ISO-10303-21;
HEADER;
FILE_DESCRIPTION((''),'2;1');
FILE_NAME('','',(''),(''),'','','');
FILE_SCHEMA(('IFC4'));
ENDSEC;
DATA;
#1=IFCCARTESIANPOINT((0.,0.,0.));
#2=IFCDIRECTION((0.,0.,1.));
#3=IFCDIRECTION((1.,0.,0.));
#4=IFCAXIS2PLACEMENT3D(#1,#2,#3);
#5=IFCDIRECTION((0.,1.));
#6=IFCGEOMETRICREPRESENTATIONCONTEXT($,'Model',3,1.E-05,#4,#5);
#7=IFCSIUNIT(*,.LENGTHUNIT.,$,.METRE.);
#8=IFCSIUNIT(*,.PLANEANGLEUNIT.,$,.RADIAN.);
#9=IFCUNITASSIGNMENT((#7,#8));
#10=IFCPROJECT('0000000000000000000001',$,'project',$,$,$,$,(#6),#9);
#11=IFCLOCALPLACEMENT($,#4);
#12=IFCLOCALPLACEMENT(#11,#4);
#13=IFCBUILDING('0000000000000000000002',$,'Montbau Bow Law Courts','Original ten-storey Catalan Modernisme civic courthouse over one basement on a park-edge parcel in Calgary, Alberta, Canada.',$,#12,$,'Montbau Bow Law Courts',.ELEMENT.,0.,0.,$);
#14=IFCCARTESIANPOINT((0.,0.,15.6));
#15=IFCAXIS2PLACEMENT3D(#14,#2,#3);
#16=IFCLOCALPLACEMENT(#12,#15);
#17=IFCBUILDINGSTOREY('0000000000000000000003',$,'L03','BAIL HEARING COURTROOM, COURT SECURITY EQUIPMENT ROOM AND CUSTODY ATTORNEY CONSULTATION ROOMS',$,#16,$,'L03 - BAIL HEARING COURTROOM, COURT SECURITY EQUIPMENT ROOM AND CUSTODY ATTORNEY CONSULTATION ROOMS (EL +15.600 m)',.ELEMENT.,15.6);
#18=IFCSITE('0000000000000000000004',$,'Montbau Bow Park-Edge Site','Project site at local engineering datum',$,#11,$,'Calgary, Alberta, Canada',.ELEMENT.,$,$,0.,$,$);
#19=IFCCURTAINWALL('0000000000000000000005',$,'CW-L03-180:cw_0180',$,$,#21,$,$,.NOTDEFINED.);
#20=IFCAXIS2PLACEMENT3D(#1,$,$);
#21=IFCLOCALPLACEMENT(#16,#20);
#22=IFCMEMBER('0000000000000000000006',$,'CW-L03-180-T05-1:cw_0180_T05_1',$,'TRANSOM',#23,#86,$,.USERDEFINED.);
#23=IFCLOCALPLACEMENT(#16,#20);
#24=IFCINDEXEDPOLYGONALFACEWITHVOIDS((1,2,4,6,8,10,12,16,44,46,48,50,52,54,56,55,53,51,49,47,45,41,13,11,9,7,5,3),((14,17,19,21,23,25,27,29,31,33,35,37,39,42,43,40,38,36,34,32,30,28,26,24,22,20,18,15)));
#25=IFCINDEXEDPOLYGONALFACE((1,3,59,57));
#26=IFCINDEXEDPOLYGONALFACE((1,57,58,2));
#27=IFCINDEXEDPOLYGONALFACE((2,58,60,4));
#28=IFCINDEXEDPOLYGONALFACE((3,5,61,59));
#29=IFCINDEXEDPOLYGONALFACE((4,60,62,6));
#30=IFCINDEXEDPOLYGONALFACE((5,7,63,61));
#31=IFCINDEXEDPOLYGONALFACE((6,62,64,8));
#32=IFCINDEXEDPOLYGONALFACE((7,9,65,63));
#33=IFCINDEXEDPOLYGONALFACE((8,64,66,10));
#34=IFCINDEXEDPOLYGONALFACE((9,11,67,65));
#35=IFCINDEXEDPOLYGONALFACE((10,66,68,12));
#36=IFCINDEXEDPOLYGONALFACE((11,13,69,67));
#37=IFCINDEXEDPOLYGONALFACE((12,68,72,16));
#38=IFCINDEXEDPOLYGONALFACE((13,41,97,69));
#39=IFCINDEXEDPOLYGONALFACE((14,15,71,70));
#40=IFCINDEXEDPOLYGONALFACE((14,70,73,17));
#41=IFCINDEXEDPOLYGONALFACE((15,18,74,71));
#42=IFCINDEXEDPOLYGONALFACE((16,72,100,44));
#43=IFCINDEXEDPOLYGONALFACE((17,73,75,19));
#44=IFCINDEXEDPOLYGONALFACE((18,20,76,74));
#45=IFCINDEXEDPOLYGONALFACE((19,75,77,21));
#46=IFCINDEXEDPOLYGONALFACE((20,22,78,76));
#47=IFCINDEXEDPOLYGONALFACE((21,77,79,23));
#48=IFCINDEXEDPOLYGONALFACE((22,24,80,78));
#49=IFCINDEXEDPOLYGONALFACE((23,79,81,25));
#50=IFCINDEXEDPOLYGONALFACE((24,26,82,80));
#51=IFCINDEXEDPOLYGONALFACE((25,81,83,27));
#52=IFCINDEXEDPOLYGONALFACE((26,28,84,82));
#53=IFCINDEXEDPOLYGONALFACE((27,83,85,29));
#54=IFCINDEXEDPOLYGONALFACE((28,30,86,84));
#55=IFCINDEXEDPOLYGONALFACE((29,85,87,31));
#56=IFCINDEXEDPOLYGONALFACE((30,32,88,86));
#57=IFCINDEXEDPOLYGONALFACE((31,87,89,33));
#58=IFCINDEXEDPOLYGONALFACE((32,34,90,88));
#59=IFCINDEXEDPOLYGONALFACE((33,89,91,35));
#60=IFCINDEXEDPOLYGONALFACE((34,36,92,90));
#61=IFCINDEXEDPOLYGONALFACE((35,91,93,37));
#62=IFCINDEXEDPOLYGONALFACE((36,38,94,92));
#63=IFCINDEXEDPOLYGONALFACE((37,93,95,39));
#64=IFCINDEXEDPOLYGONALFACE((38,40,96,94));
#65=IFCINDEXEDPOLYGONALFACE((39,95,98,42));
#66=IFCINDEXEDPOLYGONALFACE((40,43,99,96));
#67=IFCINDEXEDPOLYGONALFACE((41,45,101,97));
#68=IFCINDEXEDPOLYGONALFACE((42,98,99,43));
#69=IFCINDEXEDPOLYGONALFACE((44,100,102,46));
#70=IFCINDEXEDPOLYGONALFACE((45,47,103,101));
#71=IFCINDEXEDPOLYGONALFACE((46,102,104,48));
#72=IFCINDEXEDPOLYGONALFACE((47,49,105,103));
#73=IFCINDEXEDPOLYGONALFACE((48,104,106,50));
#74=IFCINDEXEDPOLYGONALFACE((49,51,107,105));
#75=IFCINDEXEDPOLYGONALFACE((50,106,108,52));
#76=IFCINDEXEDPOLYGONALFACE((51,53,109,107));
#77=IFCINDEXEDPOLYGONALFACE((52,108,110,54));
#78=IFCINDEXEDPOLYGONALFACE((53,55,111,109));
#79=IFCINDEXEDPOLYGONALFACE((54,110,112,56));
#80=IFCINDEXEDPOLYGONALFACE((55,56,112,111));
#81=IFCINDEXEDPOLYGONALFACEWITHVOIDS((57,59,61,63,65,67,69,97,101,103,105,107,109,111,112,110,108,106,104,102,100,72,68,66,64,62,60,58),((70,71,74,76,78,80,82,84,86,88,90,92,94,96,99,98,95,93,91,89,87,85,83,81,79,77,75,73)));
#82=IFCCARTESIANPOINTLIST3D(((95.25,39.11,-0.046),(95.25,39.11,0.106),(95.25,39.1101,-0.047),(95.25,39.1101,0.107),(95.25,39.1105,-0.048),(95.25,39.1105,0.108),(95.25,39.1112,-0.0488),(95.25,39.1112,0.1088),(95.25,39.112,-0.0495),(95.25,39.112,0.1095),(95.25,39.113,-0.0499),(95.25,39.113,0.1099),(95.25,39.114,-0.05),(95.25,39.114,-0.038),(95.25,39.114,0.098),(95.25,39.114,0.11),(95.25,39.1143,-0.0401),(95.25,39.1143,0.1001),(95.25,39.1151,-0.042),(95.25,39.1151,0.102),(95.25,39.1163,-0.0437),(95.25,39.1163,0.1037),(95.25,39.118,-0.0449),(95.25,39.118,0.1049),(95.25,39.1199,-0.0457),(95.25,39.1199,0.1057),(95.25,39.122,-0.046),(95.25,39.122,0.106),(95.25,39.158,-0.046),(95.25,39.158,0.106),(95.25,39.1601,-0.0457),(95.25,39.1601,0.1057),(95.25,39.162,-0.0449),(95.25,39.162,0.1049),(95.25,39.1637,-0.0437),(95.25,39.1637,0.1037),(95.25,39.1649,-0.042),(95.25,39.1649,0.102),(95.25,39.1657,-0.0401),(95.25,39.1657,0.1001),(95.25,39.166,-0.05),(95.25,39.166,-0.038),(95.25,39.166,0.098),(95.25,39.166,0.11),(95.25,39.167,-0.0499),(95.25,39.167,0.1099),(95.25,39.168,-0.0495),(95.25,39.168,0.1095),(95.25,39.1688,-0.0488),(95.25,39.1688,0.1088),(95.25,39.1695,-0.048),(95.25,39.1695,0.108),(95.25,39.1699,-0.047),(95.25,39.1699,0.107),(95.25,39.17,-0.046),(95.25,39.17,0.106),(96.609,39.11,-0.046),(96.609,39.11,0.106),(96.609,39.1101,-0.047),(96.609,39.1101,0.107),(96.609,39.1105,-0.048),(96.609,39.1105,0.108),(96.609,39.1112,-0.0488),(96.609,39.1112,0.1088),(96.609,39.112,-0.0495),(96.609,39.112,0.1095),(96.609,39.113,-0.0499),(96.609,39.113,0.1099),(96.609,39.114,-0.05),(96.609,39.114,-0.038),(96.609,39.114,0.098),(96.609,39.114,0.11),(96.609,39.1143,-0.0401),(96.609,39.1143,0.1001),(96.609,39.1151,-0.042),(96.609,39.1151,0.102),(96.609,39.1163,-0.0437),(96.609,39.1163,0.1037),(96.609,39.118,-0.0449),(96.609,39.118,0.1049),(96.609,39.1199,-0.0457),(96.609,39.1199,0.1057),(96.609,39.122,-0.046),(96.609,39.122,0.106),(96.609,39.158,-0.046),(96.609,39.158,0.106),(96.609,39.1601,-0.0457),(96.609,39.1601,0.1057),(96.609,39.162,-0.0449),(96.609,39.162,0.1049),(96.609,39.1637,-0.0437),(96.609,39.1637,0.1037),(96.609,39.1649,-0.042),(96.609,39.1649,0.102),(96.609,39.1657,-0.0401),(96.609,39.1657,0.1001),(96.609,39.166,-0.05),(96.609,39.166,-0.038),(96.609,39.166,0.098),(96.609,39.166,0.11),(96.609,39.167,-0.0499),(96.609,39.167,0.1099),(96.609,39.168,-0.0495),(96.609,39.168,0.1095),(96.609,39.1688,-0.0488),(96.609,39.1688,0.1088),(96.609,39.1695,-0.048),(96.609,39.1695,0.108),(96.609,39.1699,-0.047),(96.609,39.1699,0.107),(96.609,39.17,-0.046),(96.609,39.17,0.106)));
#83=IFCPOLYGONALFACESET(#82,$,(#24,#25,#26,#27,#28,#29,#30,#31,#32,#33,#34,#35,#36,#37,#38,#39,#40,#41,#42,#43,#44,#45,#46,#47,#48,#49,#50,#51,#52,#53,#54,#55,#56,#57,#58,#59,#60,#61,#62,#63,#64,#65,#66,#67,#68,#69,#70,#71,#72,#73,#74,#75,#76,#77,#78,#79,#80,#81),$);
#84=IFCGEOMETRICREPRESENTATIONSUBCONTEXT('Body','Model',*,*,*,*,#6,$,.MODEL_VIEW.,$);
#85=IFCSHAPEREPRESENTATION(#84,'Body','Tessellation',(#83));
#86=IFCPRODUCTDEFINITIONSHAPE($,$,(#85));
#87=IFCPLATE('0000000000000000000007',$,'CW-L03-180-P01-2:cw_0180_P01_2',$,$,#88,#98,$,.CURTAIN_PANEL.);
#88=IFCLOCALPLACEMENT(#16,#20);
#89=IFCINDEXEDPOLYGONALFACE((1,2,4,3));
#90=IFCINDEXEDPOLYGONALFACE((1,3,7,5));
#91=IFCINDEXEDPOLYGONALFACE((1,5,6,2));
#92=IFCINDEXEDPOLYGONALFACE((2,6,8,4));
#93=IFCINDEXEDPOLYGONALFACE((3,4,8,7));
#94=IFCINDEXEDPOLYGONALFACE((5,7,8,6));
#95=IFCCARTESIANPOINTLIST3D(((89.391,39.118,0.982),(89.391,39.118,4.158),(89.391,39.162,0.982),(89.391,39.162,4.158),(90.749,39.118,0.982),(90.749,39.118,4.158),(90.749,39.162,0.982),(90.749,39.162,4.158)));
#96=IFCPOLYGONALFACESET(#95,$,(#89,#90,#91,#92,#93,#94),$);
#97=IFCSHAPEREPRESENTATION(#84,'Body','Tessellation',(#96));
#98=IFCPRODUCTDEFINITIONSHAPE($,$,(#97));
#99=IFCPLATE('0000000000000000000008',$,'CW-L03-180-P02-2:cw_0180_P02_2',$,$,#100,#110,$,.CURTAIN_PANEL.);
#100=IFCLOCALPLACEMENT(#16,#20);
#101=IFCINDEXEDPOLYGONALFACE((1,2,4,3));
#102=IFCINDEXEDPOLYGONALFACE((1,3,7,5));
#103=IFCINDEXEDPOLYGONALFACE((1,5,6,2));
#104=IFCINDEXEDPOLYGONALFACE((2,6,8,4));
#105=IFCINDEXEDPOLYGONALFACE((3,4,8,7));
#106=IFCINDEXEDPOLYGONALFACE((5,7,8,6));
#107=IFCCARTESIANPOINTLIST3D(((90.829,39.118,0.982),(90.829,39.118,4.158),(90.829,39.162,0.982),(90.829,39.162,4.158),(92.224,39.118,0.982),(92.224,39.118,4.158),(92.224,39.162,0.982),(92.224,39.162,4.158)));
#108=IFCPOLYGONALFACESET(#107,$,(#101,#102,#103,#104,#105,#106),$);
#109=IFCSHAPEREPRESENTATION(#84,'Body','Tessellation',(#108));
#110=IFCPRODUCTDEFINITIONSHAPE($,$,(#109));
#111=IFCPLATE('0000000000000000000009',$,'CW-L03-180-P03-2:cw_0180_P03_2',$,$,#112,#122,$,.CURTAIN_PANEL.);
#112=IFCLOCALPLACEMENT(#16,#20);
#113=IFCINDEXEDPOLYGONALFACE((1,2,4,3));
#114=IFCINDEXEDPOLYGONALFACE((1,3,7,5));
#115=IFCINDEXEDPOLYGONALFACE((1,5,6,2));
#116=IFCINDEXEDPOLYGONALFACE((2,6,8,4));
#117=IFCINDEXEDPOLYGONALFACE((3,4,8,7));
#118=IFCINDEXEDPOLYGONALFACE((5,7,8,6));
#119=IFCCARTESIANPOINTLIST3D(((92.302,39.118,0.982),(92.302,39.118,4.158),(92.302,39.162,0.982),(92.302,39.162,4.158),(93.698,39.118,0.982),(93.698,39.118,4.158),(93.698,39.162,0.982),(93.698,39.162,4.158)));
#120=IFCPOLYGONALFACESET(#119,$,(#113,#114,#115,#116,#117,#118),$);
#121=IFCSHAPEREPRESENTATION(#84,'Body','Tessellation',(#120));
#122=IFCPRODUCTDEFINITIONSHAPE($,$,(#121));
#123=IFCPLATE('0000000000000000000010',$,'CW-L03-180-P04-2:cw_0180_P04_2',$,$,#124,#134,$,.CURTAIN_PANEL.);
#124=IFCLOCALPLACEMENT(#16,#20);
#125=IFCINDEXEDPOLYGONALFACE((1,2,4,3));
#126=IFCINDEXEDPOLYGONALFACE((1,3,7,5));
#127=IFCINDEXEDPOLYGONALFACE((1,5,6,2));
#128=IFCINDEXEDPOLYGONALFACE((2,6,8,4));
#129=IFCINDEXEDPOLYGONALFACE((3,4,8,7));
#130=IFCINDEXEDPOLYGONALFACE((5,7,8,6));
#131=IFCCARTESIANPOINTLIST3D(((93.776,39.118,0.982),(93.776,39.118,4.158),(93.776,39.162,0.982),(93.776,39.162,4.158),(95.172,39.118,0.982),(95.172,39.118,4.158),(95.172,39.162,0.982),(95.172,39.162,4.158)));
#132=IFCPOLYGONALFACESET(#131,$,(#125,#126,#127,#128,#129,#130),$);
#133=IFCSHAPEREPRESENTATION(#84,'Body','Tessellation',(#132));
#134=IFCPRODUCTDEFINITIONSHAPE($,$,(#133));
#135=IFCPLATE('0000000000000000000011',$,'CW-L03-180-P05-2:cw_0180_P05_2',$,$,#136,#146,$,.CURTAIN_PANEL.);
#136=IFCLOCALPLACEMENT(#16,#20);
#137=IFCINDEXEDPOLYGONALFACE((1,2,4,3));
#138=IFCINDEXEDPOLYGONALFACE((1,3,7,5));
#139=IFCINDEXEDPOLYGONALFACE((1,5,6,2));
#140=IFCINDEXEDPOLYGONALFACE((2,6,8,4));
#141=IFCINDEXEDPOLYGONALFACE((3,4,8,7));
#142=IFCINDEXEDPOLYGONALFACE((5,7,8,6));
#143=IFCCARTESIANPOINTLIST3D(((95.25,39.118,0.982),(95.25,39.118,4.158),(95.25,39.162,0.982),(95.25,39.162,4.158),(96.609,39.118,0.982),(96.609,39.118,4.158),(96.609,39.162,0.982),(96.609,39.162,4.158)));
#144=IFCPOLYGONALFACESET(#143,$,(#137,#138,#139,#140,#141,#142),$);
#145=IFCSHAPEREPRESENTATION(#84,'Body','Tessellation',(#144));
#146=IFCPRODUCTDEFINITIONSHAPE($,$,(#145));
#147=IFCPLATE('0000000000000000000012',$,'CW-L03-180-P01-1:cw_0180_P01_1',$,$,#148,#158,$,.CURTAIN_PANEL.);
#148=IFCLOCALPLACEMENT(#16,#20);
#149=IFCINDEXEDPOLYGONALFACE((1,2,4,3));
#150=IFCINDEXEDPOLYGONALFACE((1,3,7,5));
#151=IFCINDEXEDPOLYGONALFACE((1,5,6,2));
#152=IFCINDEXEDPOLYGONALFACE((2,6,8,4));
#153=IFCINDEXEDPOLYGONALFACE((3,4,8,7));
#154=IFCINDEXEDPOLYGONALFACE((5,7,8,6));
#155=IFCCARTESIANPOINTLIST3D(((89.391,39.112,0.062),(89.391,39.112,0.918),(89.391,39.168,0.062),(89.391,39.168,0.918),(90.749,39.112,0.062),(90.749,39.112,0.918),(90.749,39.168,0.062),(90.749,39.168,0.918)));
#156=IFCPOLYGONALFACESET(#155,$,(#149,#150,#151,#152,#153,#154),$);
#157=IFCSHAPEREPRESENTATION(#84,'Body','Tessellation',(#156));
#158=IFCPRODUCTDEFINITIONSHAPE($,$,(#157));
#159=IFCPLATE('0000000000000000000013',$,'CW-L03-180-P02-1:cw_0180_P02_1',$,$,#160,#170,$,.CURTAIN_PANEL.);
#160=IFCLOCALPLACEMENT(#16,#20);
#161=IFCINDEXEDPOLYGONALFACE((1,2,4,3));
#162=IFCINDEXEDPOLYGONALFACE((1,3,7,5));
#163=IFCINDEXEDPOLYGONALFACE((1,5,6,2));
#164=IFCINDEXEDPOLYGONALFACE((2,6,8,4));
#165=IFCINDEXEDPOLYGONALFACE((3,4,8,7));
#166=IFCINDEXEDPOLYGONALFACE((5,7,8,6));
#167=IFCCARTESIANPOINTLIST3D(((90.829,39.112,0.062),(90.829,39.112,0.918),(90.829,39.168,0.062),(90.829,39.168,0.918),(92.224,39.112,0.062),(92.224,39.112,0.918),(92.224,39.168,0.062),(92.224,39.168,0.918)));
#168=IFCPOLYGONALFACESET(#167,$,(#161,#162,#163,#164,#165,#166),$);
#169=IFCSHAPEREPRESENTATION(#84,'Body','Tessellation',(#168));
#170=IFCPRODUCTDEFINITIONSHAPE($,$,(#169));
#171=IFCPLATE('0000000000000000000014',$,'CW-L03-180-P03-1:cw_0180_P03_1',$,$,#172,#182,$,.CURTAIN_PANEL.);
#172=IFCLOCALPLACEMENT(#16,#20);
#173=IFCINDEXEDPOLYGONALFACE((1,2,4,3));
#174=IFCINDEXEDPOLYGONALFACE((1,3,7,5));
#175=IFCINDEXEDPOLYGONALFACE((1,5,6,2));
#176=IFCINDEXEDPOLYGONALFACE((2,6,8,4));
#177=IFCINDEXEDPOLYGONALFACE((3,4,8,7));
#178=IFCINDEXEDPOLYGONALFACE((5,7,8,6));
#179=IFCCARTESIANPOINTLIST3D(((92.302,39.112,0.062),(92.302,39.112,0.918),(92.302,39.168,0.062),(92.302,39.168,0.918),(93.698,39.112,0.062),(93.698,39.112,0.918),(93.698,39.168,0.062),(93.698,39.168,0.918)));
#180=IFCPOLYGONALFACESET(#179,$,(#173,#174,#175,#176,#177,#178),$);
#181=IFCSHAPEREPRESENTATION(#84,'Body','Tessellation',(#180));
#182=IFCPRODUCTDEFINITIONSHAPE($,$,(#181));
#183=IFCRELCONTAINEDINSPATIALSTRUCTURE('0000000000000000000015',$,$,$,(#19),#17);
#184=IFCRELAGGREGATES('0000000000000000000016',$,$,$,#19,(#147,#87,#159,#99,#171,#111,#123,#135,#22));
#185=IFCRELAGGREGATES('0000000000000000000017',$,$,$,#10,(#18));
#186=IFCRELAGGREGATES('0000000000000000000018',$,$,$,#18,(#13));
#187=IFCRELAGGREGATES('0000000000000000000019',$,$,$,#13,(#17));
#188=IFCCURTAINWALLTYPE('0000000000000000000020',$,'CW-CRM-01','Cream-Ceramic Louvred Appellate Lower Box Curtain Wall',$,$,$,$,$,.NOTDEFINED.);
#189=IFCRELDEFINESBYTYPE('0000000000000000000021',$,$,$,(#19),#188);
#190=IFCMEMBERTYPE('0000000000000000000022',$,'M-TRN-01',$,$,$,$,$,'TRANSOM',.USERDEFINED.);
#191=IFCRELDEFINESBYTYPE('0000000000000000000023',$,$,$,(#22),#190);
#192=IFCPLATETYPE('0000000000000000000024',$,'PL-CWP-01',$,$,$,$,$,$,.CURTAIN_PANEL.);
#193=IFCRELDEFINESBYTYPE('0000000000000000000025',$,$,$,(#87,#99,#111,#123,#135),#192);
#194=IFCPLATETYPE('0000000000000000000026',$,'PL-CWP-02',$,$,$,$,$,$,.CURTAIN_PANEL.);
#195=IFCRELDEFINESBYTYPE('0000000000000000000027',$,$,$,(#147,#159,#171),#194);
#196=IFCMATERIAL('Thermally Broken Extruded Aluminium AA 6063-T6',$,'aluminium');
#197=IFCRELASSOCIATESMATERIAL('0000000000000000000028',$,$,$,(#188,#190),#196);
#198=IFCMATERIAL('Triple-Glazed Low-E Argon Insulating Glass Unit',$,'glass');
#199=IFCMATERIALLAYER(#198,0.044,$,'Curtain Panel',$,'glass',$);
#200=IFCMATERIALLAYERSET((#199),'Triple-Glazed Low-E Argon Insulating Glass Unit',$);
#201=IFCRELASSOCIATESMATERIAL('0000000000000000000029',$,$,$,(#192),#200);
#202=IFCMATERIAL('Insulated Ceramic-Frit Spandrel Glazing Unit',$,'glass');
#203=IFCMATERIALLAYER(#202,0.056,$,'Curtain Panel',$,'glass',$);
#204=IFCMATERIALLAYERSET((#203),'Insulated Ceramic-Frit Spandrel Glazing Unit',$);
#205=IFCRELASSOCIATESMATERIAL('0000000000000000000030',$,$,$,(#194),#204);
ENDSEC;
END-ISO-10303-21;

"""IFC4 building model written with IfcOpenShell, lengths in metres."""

from ifc_helpers import new_model, si_unit, direction, frame, frame_2d, origin_with_axes, origin_2d_with_axis, place, context, subcontext, project, spatial, rectangle, hollow_rectangle, extrude, material, layer, layer_set, material_profile, profile_set, type_object, element, aggregate, save


model = new_model("IFC4")

# Units and contexts
model_context = context("Model", 3, precision=1e-05, world=origin_with_axes(), true_north=direction((0.0, 1.0)))
body_context = subcontext(model_context, "Body", "Model", "MODEL_VIEW")
ifc_project = project(units=[si_unit("LENGTHUNIT", "METRE"), si_unit("PLANEANGLEUNIT", "RADIAN")], contexts=[model_context])

# Site, building, storey
site_placement = place(None, origin_with_axes())
site = spatial("IfcSite", under=ifc_project, at=site_placement, Name="Montbau Bow Park-Edge Site", Description="Project site at local engineering datum", LongName="Calgary, Alberta, Canada", CompositionType="ELEMENT", RefElevation=0.0)
building_placement = place(site_placement, origin_with_axes())
building = spatial("IfcBuilding", under=site, at=building_placement, Name="Montbau Bow Law Courts", Description="Original ten-storey Catalan Modernisme civic courthouse over one basement on a park-edge parcel in Calgary, Alberta, Canada.", LongName="Montbau Bow Law Courts", CompositionType="ELEMENT", ElevationOfRefHeight=0.0, ElevationOfTerrain=0.0)
storey_placement = place(building_placement, frame((0.0, 0.0, 15.6), z_axis=(0.0, 0.0, 1.0), x_axis=(1.0, 0.0, 0.0)))
storey = spatial("IfcBuildingStorey", under=building, at=storey_placement, Name="L03", Description="BAIL HEARING COURTROOM, COURT SECURITY EQUIPMENT ROOM AND CUSTODY ATTORNEY CONSULTATION ROOMS", LongName="L03 - BAIL HEARING COURTROOM, COURT SECURITY EQUIPMENT ROOM AND CUSTODY ATTORNEY CONSULTATION ROOMS (EL +15.600 m)", CompositionType="ELEMENT", Elevation=15.6)

# Curtain wall, member, plates
ifc_material_1 = material(Name="Thermally Broken Extruded Aluminium AA 6063-T6", Category="aluminium")
curtain_wall_type = type_object("IfcCurtainWallType", Name="CW-CRM-01", Description="Cream-Ceramic Louvred Appellate Lower Box Curtain Wall", PredefinedType="NOTDEFINED", material=ifc_material_1)
curtain_wall_placement = place(None, frame((89.315, 39.14, 15.6), z_axis=(0.0, 0.0, 1.0), x_axis=(1.0, 0.0, 0.0)))
curtain_wall = element("IfcCurtainWall", 1, at=curtain_wall_placement, inside=storey, type_object=curtain_wall_type, Name="CW-L03-180:cw_0180", PredefinedType="NOTDEFINED")
ifc_material_profile_1 = material_profile(ifc_material_1, hollow_rectangle(XDim=0.06, YDim=0.16, WallThickness=0.004, InnerFilletRadius=0.008, OuterFilletRadius=0.004, at=origin_2d_with_axis()), Name="CWT-160X60", Category="Main", Priority=0)
ifc_profile_set_1 = profile_set([ifc_material_profile_1], Name="Thermally Broken Extruded Aluminium AA 6063-T6")
member_type_1 = type_object("IfcMemberType", Name="M-TRN-01", ElementType="TRANSOM", PredefinedType="USERDEFINED", material=ifc_profile_set_1)
member_1_placement = place(None, frame((95.25, 39.14, 15.63), z_axis=(1.0, 0.0, 0.0), x_axis=(0.0, 1.0, 0.0)))
member_1 = element("IfcMember", 2, at=member_1_placement, type_object=member_type_1, Name="CW-L03-180-T05-1:cw_0180_T05_1", ObjectType="TRANSOM", PredefinedType="USERDEFINED", context=body_context, shape_type="SweptSolid", body=[
    extrude(hollow_rectangle(XDim=0.06, YDim=0.16, WallThickness=0.004, InnerFilletRadius=0.008, OuterFilletRadius=0.004, at=origin_2d_with_axis()), origin_with_axes(), (0.0, 0.0, 1.0), 1.359),
])
ifc_material_2 = material(Name="Triple-Glazed Low-E Argon Insulating Glass Unit", Category="glass")
ifc_layer_1 = layer(ifc_material_2, 0.044, Name="Curtain Panel", Category="glass")
ifc_layer_set_1 = layer_set([ifc_layer_1], Name="Triple-Glazed Low-E Argon Insulating Glass Unit")
plate_type_1 = type_object("IfcPlateType", Name="PL-CWP-01", PredefinedType="CURTAIN_PANEL", material=ifc_layer_set_1)
plate_1_placement = place(None, frame((89.391, 39.14, 16.582), z_axis=(0.0, -1.0, 0.0), x_axis=(1.0, 0.0, 0.0)))
plate_1 = element("IfcPlate", 3, at=plate_1_placement, type_object=plate_type_1, Name="CW-L03-180-P01-2:cw_0180_P01_2", PredefinedType="CURTAIN_PANEL", context=body_context, shape_type="SweptSolid", body=[
    extrude(rectangle(XDim=1.358, YDim=3.176, at=frame_2d((0.679, 1.588), x_axis=(1.0, 0.0))), frame((0.0, 0.0, -0.022), z_axis=(0.0, 0.0, 1.0), x_axis=(1.0, 0.0, 0.0)), (0.0, 0.0, 1.0), 0.044),
])
plate_2_placement = place(None, frame((90.829, 39.14, 16.582), z_axis=(0.0, -1.0, 0.0), x_axis=(1.0, 0.0, 0.0)))
plate_2 = element("IfcPlate", 4, at=plate_2_placement, type_object=plate_type_1, Name="CW-L03-180-P02-2:cw_0180_P02_2", PredefinedType="CURTAIN_PANEL", context=body_context, shape_type="SweptSolid", body=[
    extrude(rectangle(XDim=1.395, YDim=3.176, at=frame_2d((0.6975, 1.588), x_axis=(1.0, 0.0))), frame((0.0, 0.0, -0.022), z_axis=(0.0, 0.0, 1.0), x_axis=(1.0, 0.0, 0.0)), (0.0, 0.0, 1.0), 0.044),
])
plate_3_placement = place(None, frame((92.302, 39.14, 16.582), z_axis=(0.0, -1.0, 0.0), x_axis=(1.0, 0.0, 0.0)))
plate_3 = element("IfcPlate", 5, at=plate_3_placement, type_object=plate_type_1, Name="CW-L03-180-P03-2:cw_0180_P03_2", PredefinedType="CURTAIN_PANEL", context=body_context, shape_type="SweptSolid", body=[
    extrude(rectangle(XDim=1.396, YDim=3.176, at=frame_2d((0.698, 1.588), x_axis=(1.0, 0.0))), frame((0.0, 0.0, -0.022), z_axis=(0.0, 0.0, 1.0), x_axis=(1.0, 0.0, 0.0)), (0.0, 0.0, 1.0), 0.044),
])
plate_4_placement = place(None, frame((93.776, 39.14, 16.582), z_axis=(0.0, -1.0, 0.0), x_axis=(1.0, 0.0, 0.0)))
plate_4 = element("IfcPlate", 6, at=plate_4_placement, type_object=plate_type_1, Name="CW-L03-180-P04-2:cw_0180_P04_2", PredefinedType="CURTAIN_PANEL", context=body_context, shape_type="SweptSolid", body=[
    extrude(rectangle(XDim=1.396, YDim=3.176, at=frame_2d((0.698, 1.588), x_axis=(1.0, 0.0))), frame((0.0, 0.0, -0.022), z_axis=(0.0, 0.0, 1.0), x_axis=(1.0, 0.0, 0.0)), (0.0, 0.0, 1.0), 0.044),
])
plate_5_placement = place(None, frame((95.25, 39.14, 16.582), z_axis=(0.0, -1.0, 0.0), x_axis=(1.0, 0.0, 0.0)))
plate_5 = element("IfcPlate", 7, at=plate_5_placement, type_object=plate_type_1, Name="CW-L03-180-P05-2:cw_0180_P05_2", PredefinedType="CURTAIN_PANEL", context=body_context, shape_type="SweptSolid", body=[
    extrude(rectangle(XDim=1.359, YDim=3.176, at=frame_2d((0.6795, 1.588), x_axis=(1.0, 0.0))), frame((0.0, 0.0, -0.022), z_axis=(0.0, 0.0, 1.0), x_axis=(1.0, 0.0, 0.0)), (0.0, 0.0, 1.0), 0.044),
])
ifc_material_3 = material(Name="Insulated Ceramic-Frit Spandrel Glazing Unit", Category="glass")
ifc_layer_2 = layer(ifc_material_3, 0.056, Name="Curtain Panel", Category="glass")
ifc_layer_set_2 = layer_set([ifc_layer_2], Name="Insulated Ceramic-Frit Spandrel Glazing Unit")
plate_type_2 = type_object("IfcPlateType", Name="PL-CWP-02", PredefinedType="CURTAIN_PANEL", material=ifc_layer_set_2)
plate_6_placement = place(None, frame((89.391, 39.14, 15.662), z_axis=(0.0, -1.0, 0.0), x_axis=(1.0, 0.0, 0.0)))
plate_6 = element("IfcPlate", 8, at=plate_6_placement, type_object=plate_type_2, Name="CW-L03-180-P01-1:cw_0180_P01_1", PredefinedType="CURTAIN_PANEL", context=body_context, shape_type="SweptSolid", body=[
    extrude(rectangle(XDim=1.358, YDim=0.856, at=frame_2d((0.679, 0.428), x_axis=(1.0, 0.0))), frame((0.0, 0.0, -0.028), z_axis=(0.0, 0.0, 1.0), x_axis=(1.0, 0.0, 0.0)), (0.0, 0.0, 1.0), 0.056),
])
plate_7_placement = place(None, frame((90.829, 39.14, 15.662), z_axis=(0.0, -1.0, 0.0), x_axis=(1.0, 0.0, 0.0)))
plate_7 = element("IfcPlate", 9, at=plate_7_placement, type_object=plate_type_2, Name="CW-L03-180-P02-1:cw_0180_P02_1", PredefinedType="CURTAIN_PANEL", context=body_context, shape_type="SweptSolid", body=[
    extrude(rectangle(XDim=1.395, YDim=0.856, at=frame_2d((0.6975, 0.428), x_axis=(1.0, 0.0))), frame((0.0, 0.0, -0.028), z_axis=(0.0, 0.0, 1.0), x_axis=(1.0, 0.0, 0.0)), (0.0, 0.0, 1.0), 0.056),
])
plate_8_placement = place(None, frame((92.302, 39.14, 15.662), z_axis=(0.0, -1.0, 0.0), x_axis=(1.0, 0.0, 0.0)))
plate_8 = element("IfcPlate", 10, at=plate_8_placement, type_object=plate_type_2, Name="CW-L03-180-P03-1:cw_0180_P03_1", PredefinedType="CURTAIN_PANEL", context=body_context, shape_type="SweptSolid", body=[
    extrude(rectangle(XDim=1.396, YDim=0.856, at=frame_2d((0.698, 0.428), x_axis=(1.0, 0.0))), frame((0.0, 0.0, -0.028), z_axis=(0.0, 0.0, 1.0), x_axis=(1.0, 0.0, 0.0)), (0.0, 0.0, 1.0), 0.056),
])
aggregate(curtain_wall, [plate_6, plate_1, plate_7, plate_2, plate_8, plate_3, plate_4, plate_5, member_1])

save(model, "model.ifc")
